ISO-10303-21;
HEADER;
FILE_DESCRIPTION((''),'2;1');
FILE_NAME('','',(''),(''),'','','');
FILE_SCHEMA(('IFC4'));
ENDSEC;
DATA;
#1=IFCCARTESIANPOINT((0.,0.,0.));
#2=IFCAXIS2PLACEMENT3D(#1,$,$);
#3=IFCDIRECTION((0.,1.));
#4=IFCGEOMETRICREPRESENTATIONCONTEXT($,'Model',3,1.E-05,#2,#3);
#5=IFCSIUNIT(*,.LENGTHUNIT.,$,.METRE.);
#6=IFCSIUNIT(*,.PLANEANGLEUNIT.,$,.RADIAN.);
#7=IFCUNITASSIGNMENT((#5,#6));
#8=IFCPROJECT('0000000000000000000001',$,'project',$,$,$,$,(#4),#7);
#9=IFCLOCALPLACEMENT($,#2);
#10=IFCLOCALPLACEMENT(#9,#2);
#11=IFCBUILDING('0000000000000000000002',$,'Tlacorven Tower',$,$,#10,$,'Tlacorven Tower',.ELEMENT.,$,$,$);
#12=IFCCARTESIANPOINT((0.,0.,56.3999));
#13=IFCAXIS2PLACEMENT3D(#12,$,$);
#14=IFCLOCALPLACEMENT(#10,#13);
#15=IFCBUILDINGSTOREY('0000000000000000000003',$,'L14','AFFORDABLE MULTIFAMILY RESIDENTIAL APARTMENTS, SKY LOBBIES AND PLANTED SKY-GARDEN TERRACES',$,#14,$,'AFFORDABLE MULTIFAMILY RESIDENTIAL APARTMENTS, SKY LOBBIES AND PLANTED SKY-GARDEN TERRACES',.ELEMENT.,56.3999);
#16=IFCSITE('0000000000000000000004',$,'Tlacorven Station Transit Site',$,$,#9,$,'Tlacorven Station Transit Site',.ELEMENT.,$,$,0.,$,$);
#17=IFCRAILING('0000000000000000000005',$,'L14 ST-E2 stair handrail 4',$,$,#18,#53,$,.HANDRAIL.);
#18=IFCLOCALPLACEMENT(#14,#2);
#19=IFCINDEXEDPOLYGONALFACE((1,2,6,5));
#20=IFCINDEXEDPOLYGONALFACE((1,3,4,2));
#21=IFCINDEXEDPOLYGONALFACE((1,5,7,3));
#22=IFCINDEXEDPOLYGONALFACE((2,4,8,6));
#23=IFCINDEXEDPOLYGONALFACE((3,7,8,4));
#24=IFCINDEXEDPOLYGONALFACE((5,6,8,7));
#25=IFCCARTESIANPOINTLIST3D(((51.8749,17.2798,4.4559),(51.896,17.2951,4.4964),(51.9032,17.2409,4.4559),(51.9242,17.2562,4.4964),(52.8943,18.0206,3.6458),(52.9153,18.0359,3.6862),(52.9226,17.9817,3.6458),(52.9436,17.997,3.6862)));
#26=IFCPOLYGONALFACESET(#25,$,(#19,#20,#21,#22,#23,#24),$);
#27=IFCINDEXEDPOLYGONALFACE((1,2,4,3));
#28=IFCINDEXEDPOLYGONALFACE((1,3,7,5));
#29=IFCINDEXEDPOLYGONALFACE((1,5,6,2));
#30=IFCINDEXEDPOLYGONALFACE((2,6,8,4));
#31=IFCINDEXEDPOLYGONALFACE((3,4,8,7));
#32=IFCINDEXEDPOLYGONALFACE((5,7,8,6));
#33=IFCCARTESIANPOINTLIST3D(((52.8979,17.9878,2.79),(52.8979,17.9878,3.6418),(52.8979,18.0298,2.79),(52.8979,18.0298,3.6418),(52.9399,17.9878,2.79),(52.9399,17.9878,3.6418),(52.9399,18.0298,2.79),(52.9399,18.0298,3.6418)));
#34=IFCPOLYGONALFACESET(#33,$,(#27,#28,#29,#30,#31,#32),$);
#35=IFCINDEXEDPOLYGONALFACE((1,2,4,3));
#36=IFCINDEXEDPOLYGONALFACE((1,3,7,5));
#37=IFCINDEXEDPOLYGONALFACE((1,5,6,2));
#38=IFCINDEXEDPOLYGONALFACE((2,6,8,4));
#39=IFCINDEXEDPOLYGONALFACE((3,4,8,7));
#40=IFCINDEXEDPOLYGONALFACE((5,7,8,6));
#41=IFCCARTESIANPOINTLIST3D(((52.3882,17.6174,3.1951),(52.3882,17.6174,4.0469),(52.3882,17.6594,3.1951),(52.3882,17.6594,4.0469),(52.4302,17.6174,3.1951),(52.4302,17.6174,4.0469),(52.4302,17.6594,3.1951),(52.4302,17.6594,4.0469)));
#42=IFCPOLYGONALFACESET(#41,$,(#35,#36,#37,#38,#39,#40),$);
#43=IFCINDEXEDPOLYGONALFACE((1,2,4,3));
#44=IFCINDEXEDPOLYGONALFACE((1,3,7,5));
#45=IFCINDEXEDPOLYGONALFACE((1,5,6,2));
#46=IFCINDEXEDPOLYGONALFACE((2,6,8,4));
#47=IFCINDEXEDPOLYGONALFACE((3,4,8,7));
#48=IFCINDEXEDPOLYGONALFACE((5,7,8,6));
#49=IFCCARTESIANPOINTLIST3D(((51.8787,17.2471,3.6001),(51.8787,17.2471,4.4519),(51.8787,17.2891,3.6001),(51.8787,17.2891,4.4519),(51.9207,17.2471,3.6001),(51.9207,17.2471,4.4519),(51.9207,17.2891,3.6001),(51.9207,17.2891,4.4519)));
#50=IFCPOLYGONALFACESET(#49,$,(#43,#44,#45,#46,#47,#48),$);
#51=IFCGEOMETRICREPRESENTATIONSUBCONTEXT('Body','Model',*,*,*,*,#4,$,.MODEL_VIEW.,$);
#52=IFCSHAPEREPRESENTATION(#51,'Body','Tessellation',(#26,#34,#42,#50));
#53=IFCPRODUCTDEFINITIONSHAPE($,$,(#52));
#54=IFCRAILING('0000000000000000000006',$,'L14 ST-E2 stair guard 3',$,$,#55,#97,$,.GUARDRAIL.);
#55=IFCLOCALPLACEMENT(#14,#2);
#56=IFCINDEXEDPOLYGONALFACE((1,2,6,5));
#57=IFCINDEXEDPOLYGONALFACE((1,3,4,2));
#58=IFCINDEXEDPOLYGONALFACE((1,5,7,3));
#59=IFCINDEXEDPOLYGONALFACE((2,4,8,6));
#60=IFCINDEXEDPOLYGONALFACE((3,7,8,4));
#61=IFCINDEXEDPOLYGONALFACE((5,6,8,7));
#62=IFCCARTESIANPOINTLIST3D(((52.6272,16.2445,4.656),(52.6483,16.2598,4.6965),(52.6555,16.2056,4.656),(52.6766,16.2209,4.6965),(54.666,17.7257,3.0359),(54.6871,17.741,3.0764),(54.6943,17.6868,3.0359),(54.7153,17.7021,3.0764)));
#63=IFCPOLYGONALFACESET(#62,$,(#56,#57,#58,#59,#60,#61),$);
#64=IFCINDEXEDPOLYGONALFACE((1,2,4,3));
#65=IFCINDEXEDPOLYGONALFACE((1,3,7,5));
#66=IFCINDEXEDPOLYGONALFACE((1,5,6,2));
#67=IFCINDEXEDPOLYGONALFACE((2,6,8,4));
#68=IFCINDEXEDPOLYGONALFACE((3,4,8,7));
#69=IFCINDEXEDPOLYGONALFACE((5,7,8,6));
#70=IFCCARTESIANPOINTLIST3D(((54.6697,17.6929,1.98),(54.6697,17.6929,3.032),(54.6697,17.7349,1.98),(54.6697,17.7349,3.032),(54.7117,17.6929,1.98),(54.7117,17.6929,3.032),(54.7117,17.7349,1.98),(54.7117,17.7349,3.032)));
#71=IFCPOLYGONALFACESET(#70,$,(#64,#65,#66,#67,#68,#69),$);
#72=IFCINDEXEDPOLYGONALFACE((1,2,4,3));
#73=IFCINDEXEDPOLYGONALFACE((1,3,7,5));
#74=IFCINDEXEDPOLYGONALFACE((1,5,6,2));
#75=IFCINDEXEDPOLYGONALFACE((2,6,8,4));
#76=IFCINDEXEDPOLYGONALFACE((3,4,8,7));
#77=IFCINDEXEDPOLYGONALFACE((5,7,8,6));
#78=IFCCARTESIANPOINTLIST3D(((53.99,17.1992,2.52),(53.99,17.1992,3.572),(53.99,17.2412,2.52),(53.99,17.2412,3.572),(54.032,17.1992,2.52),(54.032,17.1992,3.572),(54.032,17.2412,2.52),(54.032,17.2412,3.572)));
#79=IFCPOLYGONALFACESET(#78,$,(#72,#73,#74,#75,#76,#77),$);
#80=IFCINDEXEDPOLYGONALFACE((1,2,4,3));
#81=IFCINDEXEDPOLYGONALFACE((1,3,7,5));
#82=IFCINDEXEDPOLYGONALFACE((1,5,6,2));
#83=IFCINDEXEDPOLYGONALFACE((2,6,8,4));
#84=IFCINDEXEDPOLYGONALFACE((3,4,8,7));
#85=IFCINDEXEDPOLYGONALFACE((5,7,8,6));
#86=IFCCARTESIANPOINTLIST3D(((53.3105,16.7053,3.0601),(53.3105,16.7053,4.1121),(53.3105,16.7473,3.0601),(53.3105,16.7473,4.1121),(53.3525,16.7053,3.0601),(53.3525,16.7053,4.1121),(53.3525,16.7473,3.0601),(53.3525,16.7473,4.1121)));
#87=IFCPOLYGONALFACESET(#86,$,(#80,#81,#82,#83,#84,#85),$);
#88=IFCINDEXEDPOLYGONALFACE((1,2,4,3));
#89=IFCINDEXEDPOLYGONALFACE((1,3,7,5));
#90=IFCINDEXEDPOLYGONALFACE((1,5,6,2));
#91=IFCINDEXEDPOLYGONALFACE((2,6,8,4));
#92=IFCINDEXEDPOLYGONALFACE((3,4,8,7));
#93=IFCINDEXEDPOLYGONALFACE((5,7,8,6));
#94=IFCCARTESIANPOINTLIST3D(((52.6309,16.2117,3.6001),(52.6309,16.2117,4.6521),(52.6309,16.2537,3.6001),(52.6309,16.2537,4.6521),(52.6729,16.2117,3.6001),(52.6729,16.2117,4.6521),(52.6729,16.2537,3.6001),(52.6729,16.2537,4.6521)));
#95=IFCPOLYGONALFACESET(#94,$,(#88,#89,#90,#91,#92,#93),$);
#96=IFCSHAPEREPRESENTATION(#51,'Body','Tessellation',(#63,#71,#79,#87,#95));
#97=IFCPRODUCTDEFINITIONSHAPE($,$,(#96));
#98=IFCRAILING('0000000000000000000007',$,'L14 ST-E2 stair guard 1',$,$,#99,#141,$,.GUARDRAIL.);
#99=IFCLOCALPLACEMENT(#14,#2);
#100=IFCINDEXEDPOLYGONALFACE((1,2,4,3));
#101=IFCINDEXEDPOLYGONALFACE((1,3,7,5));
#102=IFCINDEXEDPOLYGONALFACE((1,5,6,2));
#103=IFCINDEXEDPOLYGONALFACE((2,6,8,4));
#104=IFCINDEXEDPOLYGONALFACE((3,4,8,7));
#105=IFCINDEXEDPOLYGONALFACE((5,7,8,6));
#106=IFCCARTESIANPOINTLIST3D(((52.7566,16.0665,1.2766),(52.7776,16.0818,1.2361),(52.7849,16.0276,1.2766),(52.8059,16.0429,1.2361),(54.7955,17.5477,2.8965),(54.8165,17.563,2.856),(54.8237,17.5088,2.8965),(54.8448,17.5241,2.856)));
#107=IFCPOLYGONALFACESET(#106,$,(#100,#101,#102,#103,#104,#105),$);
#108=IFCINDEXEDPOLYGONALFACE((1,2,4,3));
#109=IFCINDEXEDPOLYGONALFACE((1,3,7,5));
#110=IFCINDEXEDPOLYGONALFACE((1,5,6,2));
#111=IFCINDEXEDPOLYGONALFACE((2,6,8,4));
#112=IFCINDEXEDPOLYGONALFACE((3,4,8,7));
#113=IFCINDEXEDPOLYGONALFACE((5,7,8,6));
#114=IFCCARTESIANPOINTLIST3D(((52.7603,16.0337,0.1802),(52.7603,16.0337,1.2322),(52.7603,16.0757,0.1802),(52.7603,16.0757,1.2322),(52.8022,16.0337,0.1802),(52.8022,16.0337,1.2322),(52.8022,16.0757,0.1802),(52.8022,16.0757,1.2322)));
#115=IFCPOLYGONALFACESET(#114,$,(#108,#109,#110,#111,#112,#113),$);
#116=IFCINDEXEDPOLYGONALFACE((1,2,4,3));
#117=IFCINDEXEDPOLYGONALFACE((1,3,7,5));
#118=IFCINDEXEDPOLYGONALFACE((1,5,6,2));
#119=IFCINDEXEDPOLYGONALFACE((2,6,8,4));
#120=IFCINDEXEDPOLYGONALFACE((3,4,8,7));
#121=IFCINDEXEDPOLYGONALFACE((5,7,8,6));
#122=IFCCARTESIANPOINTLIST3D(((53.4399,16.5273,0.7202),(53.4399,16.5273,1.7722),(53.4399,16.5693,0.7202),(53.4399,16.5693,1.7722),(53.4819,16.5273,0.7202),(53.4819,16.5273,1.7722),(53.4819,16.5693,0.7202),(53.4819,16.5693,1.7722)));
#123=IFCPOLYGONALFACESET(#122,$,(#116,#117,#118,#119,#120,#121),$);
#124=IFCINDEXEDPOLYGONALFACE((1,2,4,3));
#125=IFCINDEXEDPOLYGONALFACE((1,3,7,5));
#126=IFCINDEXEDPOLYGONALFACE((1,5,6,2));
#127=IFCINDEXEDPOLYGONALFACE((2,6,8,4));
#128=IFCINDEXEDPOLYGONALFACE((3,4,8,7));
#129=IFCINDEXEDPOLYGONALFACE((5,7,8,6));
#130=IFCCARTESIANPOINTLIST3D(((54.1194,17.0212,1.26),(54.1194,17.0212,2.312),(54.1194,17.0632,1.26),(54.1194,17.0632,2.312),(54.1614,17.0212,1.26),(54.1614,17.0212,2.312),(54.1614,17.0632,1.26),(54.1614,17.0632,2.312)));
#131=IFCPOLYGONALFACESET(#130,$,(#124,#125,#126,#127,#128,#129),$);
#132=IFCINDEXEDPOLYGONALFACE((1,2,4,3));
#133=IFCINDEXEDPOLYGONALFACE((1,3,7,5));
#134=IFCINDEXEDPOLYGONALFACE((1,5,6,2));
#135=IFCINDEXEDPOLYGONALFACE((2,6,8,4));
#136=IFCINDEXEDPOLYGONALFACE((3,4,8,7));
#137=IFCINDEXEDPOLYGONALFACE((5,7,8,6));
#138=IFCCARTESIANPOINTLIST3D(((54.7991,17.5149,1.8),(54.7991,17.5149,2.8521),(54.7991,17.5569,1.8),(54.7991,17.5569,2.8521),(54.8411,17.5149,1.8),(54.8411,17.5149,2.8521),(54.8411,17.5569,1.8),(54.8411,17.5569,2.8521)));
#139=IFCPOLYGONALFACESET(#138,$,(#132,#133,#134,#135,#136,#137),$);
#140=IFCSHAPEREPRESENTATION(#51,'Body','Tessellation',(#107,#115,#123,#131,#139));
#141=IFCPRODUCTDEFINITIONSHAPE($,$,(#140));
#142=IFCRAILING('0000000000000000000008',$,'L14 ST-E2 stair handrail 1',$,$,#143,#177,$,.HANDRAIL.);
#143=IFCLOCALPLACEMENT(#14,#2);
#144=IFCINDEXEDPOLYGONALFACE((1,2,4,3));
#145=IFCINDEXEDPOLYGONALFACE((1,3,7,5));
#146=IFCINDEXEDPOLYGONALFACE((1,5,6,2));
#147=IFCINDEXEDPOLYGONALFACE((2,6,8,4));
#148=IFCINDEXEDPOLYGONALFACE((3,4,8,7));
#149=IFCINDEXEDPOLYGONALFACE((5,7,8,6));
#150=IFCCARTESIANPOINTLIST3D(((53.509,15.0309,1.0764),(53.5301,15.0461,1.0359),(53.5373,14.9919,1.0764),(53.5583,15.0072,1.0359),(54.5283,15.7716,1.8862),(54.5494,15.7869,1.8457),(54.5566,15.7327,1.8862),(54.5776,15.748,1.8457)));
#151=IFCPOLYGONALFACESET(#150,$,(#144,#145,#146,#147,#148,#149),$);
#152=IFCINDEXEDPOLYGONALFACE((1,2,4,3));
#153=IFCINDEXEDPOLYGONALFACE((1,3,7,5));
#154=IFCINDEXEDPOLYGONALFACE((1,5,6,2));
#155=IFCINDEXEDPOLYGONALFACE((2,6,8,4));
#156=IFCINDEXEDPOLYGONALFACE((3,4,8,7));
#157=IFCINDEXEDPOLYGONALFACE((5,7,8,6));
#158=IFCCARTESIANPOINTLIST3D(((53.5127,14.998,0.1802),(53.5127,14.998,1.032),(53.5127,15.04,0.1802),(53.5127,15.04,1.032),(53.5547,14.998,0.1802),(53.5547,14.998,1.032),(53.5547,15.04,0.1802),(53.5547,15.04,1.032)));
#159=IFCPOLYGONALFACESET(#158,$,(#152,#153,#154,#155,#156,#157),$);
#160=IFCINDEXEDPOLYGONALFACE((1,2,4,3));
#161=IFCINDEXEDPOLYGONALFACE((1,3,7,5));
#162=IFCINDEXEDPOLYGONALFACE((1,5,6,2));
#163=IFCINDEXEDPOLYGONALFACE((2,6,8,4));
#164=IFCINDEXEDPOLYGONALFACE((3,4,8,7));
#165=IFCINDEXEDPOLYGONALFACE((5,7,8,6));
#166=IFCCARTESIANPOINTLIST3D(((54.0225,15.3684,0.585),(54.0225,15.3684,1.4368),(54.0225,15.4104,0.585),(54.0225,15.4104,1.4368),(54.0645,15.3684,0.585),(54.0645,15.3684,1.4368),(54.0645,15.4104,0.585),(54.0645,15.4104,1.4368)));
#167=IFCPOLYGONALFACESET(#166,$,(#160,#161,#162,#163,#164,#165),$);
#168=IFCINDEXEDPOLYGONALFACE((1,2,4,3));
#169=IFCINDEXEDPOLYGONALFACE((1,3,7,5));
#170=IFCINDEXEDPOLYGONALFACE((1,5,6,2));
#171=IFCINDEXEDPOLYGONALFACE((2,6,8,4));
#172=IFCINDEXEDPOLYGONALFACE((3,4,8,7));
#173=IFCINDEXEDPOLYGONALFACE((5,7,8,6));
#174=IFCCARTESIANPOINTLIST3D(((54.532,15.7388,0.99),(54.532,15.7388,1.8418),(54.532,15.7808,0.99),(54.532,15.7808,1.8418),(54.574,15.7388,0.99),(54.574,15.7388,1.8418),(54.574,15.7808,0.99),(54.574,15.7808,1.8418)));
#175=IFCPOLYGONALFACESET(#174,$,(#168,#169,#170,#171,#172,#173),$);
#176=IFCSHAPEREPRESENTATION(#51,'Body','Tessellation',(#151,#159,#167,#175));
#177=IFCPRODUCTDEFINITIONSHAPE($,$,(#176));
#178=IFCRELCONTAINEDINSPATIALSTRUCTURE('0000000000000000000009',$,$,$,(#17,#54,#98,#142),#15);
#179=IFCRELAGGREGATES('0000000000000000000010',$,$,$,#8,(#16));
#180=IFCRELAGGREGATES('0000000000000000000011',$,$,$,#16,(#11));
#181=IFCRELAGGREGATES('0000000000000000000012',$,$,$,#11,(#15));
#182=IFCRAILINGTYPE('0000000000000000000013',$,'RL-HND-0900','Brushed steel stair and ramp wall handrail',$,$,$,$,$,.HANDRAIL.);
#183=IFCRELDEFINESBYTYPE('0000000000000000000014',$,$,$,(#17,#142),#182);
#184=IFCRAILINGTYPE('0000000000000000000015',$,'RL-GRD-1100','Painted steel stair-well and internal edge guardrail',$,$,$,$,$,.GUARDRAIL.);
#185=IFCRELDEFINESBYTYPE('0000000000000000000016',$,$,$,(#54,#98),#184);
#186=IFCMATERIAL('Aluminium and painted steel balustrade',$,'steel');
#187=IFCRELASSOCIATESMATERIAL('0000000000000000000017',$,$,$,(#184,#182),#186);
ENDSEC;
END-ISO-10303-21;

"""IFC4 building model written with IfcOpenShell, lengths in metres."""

from ifc_helpers import new_model, si_unit, direction, frame, origin, origin_2d, place, context, subcontext, project, spatial, rectangle, extrude, source, transform, mapped, material, type_object, element, save


model = new_model("IFC4")

# Units and contexts
model_context = context("Model", 3, precision=1e-05, world=origin(), true_north=direction((0.0, 1.0)))
body_context = subcontext(model_context, "Body", "Model", "MODEL_VIEW")
ifc_project = project(units=[si_unit("LENGTHUNIT", "METRE"), si_unit("PLANEANGLEUNIT", "RADIAN")], contexts=[model_context])

# Site, building, storey
site_placement = place(None, origin())
site = spatial("IfcSite", under=ifc_project, at=site_placement, Name="Tlacorven Station Transit Site", LongName="Tlacorven Station Transit Site", CompositionType="ELEMENT", RefElevation=0.0)
building_placement = place(site_placement, origin())
building = spatial("IfcBuilding", under=site, at=building_placement, Name="Tlacorven Tower", LongName="Tlacorven Tower", CompositionType="ELEMENT")
storey_placement = place(building_placement, frame((0.0, 0.0, 56.3999)))
storey = spatial("IfcBuildingStorey", under=building, at=storey_placement, Name="L14", Description="AFFORDABLE MULTIFAMILY RESIDENTIAL APARTMENTS, SKY LOBBIES AND PLANTED SKY-GARDEN TERRACES", LongName="AFFORDABLE MULTIFAMILY RESIDENTIAL APARTMENTS, SKY LOBBIES AND PLANTED SKY-GARDEN TERRACES", CompositionType="ELEMENT", Elevation=56.3999)

# Railings
ifc_material_1 = material(Name="Aluminium and painted steel balustrade", Category="steel")
railing_type_1 = type_object("IfcRailingType", Name="RL-GRD-1100", Description="Painted steel stair-well and internal edge guardrail", PredefinedType="GUARDRAIL", material=ifc_material_1)
railing_type_2 = type_object("IfcRailingType", Name="RL-HND-0900", Description="Brushed steel stair and ramp wall handrail", PredefinedType="HANDRAIL", material=ifc_material_1)
shared_shape_1 = source(origin(), body_context, "Body", "SweptSolid", [
    extrude(rectangle(XDim=0.0481, YDim=0.0481, at=origin_2d()), frame((0.0, 0.0, 0.876), z_axis=(-0.680461, -0.494496, 0.540783), x_axis=(0.587872, -0.808954, 0.0)), (0.0, 0.0, 1.0), 1.498),
    extrude(rectangle(XDim=0.042, YDim=0.042, at=origin_2d()), origin(), (0.0, 0.0, 1.0), 0.8518),
    extrude(rectangle(XDim=0.042, YDim=0.042, at=origin_2d()), frame((-0.5098, -0.3704, 0.405)), (0.0, 0.0, 1.0), 0.8518),
    extrude(rectangle(XDim=0.042, YDim=0.042, at=origin_2d()), frame((-1.0193, -0.7407, 0.8101)), (0.0, 0.0, 1.0), 0.8518),
])
railing_1_placement = place(storey_placement, frame((52.9189, 18.0088, 2.79)))
element("IfcRailing", 1, at=railing_1_placement, inside=storey, type_object=railing_type_2, Name="L14 ST-E2 stair handrail 4", PredefinedType="HANDRAIL", context=body_context, shape_type="MappedRepresentation", body=[
    mapped(shared_shape_1, transform((0.0, 0.0, 0.0), scale=1.0)),
])
shared_shape_2 = source(origin(), body_context, "Body", "SweptSolid", [
    extrude(rectangle(XDim=0.0481, YDim=0.0481, at=origin_2d()), frame((0.0, 0.0, 1.0762), z_axis=(-0.680532, -0.494407, 0.540775), x_axis=(0.587763, -0.809033, 0.0)), (0.0, 0.0, 1.0), 2.9958),
    extrude(rectangle(XDim=0.042, YDim=0.042, at=origin_2d()), origin(), (0.0, 0.0, 1.0), 1.052),
    extrude(rectangle(XDim=0.042, YDim=0.042, at=origin_2d()), frame((-0.6797, -0.4937, 0.54)), (0.0, 0.0, 1.0), 1.052),
    extrude(rectangle(XDim=0.042, YDim=0.042, at=origin_2d()), frame((-1.3591, -0.9875, 1.0801)), (0.0, 0.0, 1.0), 1.052),
    extrude(rectangle(XDim=0.042, YDim=0.042, at=origin_2d()), frame((-2.0388, -1.4812, 1.6201)), (0.0, 0.0, 1.0), 1.052),
])
railing_2_placement = place(storey_placement, frame((54.6907, 17.7139, 1.98)))
element("IfcRailing", 2, at=railing_2_placement, inside=storey, type_object=railing_type_1, Name="L14 ST-E2 stair guard 3", PredefinedType="GUARDRAIL", context=body_context, shape_type="MappedRepresentation", body=[
    mapped(shared_shape_2, transform((0.0, 0.0, 0.0), scale=1.0)),
])
shared_shape_3 = source(origin(), body_context, "Body", "SweptSolid", [
    extrude(rectangle(XDim=0.0481, YDim=0.0481, at=origin_2d()), frame((0.0, 0.0, 1.0762), z_axis=(0.680562, 0.494428, 0.540717), x_axis=(-0.587763, 0.809033, 0.0)), (0.0, 0.0, 1.0), 2.9958),
    extrude(rectangle(XDim=0.042, YDim=0.042, at=origin_2d()), origin(), (0.0, 0.0, 1.0), 1.052),
    extrude(rectangle(XDim=0.042, YDim=0.042, at=origin_2d()), frame((0.6797, 0.4937, 0.54)), (0.0, 0.0, 1.0), 1.052),
    extrude(rectangle(XDim=0.042, YDim=0.042, at=origin_2d()), frame((1.3591, 0.9875, 1.0798)), (0.0, 0.0, 1.0), 1.052),
    extrude(rectangle(XDim=0.042, YDim=0.042, at=origin_2d()), frame((2.0388, 1.4812, 1.6199)), (0.0, 0.0, 1.0), 1.052),
])
railing_3_placement = place(storey_placement, frame((52.7812, 16.0547, 0.1802)))
element("IfcRailing", 3, at=railing_3_placement, inside=storey, type_object=railing_type_1, Name="L14 ST-E2 stair guard 1", PredefinedType="GUARDRAIL", context=body_context, shape_type="MappedRepresentation", body=[
    mapped(shared_shape_3, transform((0.0, 0.0, 0.0), scale=1.0)),
])
shared_shape_4 = source(origin(), body_context, "Body", "SweptSolid", [
    extrude(rectangle(XDim=0.0481, YDim=0.0481, at=origin_2d()), frame((0.0, 0.0, 0.876), z_axis=(0.680521, 0.494539, 0.540668), x_axis=(-0.587872, 0.808954, 0.0)), (0.0, 0.0, 1.0), 1.4978),
    extrude(rectangle(XDim=0.042, YDim=0.042, at=origin_2d()), origin(), (0.0, 0.0, 1.0), 0.8518),
    extrude(rectangle(XDim=0.042, YDim=0.042, at=origin_2d()), frame((0.5098, 0.3704, 0.4048)), (0.0, 0.0, 1.0), 0.8518),
    extrude(rectangle(XDim=0.042, YDim=0.042, at=origin_2d()), frame((1.0193, 0.7407, 0.8098)), (0.0, 0.0, 1.0), 0.8518),
])
railing_4_placement = place(storey_placement, frame((53.5337, 15.019, 0.1802)))
element("IfcRailing", 4, at=railing_4_placement, inside=storey, type_object=railing_type_2, Name="L14 ST-E2 stair handrail 1", PredefinedType="HANDRAIL", context=body_context, shape_type="MappedRepresentation", body=[
    mapped(shared_shape_4, transform((0.0, 0.0, 0.0), scale=1.0)),
])

save(model, "model.ifc")
